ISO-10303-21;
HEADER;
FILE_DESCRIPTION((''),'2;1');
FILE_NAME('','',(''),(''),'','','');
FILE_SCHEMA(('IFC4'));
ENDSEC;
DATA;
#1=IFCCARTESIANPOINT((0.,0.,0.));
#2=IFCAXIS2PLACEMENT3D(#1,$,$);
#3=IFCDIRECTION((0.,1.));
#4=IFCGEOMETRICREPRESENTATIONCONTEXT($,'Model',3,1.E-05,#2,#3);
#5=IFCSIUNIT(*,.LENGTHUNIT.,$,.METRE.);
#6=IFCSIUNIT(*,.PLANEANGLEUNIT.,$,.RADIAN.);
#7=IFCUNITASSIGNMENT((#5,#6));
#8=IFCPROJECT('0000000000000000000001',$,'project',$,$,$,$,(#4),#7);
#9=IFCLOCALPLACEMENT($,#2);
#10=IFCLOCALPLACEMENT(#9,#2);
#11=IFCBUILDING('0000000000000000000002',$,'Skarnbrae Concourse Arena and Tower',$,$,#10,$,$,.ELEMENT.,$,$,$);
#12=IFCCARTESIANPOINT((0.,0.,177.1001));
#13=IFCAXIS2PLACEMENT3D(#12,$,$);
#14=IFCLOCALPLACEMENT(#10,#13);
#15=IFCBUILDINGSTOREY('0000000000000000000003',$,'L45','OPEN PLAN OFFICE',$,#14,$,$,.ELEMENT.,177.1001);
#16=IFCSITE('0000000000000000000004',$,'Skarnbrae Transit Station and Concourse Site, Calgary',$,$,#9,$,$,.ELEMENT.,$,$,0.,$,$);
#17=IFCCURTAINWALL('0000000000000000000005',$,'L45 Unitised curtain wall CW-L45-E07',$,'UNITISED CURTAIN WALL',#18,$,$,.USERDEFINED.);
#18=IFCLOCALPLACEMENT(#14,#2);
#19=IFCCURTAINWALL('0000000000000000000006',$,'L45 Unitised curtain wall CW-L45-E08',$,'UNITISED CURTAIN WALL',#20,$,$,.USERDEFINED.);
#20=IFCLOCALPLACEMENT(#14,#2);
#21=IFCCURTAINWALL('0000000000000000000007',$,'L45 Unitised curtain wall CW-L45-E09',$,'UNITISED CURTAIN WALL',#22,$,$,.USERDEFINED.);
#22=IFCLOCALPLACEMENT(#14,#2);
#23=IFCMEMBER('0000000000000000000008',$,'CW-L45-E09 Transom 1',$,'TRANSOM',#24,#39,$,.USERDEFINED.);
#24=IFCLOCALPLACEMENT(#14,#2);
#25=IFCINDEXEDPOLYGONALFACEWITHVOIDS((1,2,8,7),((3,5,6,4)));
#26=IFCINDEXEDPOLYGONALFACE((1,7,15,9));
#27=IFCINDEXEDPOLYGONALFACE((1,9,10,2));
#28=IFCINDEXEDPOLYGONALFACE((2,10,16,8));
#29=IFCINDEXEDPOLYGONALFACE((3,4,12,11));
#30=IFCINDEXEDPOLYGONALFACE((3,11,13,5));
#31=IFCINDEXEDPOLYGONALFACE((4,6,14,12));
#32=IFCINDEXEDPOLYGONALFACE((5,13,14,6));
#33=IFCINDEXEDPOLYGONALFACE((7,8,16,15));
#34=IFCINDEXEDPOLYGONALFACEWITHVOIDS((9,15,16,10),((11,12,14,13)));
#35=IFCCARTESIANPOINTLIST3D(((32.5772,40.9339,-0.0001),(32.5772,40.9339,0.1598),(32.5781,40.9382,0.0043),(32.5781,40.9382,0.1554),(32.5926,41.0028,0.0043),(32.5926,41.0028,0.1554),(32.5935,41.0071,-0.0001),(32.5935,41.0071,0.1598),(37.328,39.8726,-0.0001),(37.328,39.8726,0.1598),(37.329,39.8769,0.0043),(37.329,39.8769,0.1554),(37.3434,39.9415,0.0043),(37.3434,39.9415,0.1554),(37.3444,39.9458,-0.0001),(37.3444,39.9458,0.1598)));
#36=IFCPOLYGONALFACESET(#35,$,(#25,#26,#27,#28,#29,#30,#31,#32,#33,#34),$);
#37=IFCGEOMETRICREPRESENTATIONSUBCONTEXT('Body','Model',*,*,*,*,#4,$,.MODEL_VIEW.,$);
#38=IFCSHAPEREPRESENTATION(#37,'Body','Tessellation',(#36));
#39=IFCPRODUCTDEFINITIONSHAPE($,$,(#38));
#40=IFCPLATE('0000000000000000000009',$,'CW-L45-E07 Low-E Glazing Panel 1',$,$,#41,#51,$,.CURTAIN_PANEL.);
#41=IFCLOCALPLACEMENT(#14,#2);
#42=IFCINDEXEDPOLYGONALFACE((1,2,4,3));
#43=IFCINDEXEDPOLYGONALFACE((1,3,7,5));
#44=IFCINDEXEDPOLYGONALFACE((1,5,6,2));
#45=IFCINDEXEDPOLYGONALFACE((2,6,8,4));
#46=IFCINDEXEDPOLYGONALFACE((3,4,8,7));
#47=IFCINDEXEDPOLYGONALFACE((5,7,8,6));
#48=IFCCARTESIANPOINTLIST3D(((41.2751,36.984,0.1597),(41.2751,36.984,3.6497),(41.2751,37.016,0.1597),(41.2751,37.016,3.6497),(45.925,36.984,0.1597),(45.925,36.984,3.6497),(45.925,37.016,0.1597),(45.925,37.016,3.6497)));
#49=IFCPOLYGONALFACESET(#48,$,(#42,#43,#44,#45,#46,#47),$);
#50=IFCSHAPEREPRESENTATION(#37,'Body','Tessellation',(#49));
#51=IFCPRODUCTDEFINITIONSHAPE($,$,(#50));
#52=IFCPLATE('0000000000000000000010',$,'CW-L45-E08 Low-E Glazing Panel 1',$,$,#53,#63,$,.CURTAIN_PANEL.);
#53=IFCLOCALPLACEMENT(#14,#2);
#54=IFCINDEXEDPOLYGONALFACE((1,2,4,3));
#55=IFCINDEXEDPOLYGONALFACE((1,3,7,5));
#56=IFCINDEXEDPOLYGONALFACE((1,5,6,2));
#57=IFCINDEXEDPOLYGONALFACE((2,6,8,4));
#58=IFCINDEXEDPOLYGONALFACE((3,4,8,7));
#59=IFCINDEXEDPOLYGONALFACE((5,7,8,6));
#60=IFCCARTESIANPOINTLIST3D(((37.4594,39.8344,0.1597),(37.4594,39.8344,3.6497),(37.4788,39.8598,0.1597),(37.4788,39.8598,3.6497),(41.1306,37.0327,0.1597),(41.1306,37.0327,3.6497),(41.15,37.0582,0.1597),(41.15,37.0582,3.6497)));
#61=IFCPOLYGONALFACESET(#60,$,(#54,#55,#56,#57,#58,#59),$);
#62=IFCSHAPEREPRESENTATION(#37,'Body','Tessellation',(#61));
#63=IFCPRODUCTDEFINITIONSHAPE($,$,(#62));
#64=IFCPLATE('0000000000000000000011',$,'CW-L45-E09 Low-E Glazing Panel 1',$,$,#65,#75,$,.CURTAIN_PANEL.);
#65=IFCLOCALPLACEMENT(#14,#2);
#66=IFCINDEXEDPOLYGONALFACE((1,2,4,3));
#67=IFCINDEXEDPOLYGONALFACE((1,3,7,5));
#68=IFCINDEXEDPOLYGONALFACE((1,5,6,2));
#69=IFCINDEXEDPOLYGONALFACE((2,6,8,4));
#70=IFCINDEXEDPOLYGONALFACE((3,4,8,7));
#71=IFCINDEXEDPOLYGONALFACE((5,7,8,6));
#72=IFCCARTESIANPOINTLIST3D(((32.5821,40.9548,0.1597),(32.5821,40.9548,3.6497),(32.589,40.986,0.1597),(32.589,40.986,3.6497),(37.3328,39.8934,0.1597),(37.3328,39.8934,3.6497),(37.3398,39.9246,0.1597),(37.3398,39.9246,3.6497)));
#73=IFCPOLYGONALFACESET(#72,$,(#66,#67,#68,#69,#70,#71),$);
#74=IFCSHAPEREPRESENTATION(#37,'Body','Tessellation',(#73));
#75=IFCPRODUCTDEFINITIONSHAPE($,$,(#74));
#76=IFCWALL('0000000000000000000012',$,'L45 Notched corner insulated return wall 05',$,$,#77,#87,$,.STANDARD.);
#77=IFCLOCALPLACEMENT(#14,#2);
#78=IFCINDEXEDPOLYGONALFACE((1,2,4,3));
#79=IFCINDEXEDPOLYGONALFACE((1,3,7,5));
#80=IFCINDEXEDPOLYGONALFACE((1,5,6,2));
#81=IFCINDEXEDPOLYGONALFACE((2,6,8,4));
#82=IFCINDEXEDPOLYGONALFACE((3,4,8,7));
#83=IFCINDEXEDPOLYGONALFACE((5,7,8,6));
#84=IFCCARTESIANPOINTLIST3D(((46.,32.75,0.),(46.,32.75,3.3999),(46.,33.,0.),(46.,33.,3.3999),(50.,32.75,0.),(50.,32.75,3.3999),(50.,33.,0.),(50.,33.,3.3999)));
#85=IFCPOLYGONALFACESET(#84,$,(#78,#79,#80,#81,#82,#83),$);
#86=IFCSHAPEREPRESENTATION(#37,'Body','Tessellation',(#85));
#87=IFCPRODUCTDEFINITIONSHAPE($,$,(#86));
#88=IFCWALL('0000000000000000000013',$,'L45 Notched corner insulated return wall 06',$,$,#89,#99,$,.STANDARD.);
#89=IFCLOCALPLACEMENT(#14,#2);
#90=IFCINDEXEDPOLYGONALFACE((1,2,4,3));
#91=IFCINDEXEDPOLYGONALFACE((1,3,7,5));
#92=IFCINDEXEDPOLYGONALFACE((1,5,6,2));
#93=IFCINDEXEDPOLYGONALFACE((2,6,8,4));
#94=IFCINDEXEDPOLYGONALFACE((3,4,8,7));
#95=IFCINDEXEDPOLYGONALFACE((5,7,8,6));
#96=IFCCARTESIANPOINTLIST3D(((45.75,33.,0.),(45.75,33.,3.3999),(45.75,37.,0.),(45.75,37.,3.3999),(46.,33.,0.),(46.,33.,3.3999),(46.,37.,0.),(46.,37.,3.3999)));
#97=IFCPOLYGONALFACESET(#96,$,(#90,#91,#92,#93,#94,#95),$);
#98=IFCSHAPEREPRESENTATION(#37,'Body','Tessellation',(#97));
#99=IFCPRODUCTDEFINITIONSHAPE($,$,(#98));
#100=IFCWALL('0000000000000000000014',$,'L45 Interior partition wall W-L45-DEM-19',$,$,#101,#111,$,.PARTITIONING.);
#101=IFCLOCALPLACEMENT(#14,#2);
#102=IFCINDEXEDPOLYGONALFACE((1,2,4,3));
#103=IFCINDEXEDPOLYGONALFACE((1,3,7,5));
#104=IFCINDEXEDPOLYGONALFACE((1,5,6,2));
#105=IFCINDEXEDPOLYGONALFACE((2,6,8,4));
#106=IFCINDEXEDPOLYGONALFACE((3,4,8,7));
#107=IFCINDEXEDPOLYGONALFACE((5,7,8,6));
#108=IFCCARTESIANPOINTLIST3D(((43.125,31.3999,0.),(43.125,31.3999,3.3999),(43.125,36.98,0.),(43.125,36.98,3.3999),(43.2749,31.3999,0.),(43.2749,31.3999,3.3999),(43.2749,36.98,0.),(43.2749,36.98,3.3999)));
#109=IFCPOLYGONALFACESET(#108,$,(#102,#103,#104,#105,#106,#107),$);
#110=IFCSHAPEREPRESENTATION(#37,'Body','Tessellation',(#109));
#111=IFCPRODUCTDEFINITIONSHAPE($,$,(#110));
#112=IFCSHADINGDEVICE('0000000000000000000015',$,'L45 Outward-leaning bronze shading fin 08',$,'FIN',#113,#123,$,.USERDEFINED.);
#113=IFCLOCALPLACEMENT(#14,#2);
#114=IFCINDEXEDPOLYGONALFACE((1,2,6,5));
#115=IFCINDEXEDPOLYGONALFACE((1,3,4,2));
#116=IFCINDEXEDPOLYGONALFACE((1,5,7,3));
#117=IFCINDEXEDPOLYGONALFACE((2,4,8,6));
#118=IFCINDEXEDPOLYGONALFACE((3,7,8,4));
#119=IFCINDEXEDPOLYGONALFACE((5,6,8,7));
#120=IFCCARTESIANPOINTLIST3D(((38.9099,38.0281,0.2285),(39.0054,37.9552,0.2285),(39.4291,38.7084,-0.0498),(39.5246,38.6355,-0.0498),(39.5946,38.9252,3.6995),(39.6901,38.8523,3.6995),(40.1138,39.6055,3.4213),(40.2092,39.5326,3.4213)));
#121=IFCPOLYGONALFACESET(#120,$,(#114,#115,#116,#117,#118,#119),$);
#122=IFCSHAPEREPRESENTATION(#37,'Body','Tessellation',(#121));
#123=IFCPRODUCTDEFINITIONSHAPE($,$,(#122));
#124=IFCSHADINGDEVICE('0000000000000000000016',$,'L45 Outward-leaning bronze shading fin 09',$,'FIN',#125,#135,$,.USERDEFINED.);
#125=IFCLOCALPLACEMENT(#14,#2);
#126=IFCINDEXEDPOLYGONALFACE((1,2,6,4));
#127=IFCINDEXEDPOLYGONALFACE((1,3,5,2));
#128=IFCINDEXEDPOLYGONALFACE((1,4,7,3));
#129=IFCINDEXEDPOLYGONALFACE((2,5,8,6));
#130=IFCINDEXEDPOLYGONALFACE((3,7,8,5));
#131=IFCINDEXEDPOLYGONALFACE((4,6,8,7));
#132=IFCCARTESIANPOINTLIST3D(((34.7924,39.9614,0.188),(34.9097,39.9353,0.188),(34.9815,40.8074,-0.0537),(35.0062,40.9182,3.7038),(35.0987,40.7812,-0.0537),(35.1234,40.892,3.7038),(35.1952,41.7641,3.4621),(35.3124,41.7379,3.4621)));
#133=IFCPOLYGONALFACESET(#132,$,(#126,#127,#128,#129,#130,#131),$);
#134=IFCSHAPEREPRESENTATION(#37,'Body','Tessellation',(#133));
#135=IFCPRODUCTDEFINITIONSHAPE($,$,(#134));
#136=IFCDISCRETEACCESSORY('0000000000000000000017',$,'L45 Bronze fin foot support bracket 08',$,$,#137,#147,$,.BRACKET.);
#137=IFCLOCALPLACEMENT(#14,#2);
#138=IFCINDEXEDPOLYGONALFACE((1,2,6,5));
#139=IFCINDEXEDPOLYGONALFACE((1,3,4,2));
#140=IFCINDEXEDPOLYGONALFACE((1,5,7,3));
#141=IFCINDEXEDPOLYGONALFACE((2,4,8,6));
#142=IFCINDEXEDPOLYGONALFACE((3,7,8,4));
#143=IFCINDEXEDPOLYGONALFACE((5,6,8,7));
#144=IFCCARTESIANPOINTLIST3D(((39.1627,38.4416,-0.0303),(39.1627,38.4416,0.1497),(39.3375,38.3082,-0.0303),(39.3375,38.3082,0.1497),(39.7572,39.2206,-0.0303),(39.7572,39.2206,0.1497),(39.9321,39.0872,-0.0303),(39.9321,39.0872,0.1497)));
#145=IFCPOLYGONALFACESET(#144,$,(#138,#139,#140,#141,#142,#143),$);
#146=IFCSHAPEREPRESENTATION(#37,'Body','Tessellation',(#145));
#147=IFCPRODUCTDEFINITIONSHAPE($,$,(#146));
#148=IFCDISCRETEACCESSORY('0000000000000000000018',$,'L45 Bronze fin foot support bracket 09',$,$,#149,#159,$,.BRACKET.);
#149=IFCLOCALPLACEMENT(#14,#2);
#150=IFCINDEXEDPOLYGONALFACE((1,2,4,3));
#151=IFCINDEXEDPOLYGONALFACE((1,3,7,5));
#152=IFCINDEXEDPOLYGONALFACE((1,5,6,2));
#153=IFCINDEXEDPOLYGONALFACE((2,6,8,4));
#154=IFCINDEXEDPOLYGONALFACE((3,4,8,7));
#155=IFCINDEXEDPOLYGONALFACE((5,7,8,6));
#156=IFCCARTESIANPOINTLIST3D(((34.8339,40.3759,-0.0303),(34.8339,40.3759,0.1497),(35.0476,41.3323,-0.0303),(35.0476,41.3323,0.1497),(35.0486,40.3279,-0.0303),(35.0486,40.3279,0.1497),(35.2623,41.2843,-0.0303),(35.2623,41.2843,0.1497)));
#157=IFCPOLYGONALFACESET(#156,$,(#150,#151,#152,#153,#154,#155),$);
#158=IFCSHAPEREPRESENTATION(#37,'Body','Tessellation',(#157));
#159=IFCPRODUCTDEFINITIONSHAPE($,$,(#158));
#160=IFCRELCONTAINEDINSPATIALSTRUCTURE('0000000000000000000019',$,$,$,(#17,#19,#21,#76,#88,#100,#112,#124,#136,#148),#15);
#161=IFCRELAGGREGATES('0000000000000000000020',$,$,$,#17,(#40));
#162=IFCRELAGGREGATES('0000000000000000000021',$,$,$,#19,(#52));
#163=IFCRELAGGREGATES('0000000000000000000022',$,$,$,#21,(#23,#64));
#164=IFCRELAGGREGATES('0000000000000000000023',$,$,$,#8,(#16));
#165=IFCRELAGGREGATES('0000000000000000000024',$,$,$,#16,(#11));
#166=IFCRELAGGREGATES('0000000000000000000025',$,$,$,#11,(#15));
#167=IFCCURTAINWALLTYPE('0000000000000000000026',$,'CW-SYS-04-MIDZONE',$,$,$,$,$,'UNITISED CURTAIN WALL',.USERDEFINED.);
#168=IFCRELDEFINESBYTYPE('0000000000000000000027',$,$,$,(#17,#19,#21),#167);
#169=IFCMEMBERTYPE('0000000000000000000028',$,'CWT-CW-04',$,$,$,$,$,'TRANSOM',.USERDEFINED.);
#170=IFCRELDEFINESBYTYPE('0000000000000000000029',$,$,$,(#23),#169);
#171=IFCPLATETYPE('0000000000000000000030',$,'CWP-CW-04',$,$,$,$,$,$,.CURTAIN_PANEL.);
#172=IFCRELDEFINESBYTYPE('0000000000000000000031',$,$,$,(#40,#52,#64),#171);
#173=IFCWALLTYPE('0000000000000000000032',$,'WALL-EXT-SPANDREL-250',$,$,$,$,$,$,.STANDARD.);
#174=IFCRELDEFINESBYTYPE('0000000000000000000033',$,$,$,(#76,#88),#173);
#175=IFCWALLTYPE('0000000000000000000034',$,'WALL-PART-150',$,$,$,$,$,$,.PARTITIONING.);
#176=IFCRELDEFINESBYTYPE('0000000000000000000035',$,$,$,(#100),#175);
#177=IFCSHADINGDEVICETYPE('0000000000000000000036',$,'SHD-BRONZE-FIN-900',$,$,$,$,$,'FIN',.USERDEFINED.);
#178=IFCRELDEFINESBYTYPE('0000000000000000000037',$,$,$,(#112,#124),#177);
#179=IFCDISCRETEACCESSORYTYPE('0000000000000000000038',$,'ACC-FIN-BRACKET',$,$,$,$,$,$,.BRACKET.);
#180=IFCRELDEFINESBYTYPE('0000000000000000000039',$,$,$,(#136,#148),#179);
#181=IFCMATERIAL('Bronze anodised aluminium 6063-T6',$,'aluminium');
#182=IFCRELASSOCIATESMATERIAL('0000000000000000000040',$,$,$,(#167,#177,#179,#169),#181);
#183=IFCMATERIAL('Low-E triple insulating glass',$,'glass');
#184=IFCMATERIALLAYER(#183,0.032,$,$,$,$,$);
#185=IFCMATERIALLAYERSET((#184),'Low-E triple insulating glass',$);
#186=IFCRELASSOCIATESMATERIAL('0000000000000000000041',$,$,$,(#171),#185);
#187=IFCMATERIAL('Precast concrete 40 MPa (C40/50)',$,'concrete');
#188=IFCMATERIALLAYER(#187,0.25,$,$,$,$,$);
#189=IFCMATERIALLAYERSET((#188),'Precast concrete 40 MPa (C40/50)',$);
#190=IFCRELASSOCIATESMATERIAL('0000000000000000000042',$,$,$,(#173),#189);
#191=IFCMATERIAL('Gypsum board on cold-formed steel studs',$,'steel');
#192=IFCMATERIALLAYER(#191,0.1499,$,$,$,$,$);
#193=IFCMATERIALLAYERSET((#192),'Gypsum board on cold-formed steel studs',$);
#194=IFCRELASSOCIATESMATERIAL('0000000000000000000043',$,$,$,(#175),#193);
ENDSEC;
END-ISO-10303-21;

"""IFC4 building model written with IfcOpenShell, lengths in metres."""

from ifc_helpers import new_model, si_unit, direction, frame, frame_2d, origin, origin_2d, place, context, subcontext, project, spatial, rectangle, hollow_rectangle, extrude, source, transform, mapped, material, layer, layer_set, material_profile, profile_set, type_object, element, aggregate, save


model = new_model("IFC4")

# Units and contexts
model_context = context("Model", 3, precision=1e-05, world=origin(), true_north=direction((0.0, 1.0)))
body_context = subcontext(model_context, "Body", "Model", "MODEL_VIEW")
ifc_project = project(units=[si_unit("LENGTHUNIT", "METRE"), si_unit("PLANEANGLEUNIT", "RADIAN")], contexts=[model_context])

# Site, building, storey
site_placement = place(None, origin())
site = spatial("IfcSite", under=ifc_project, at=site_placement, Name="Skarnbrae Transit Station and Concourse Site, Calgary", CompositionType="ELEMENT", RefElevation=0.0)
building_placement = place(site_placement, origin())
building = spatial("IfcBuilding", under=site, at=building_placement, Name="Skarnbrae Concourse Arena and Tower", CompositionType="ELEMENT")
storey_placement = place(building_placement, frame((0.0, 0.0, 177.1001)))
storey = spatial("IfcBuildingStorey", under=building, at=storey_placement, Name="L45", Description="OPEN PLAN OFFICE", CompositionType="ELEMENT", Elevation=177.1001)

# Shared definitions
ifc_material_1 = material(Name="Bronze anodised aluminium 6063-T6", Category="aluminium")
curtain_wall_type = type_object("IfcCurtainWallType", Name="CW-SYS-04-MIDZONE", ElementType="UNITISED CURTAIN WALL", PredefinedType="USERDEFINED", material=ifc_material_1)

# Curtain walls
curtain_wall_1_placement = place(storey_placement, origin())
curtain_wall_1 = element("IfcCurtainWall", 1, at=curtain_wall_1_placement, inside=storey, type_object=curtain_wall_type, Name="L45 Unitised curtain wall CW-L45-E07", ObjectType="UNITISED CURTAIN WALL", PredefinedType="USERDEFINED")
curtain_wall_2_placement = place(storey_placement, origin())
curtain_wall_2 = element("IfcCurtainWall", 2, at=curtain_wall_2_placement, inside=storey, type_object=curtain_wall_type, Name="L45 Unitised curtain wall CW-L45-E08", ObjectType="UNITISED CURTAIN WALL", PredefinedType="USERDEFINED")

# Curtain wall
curtain_wall_3_placement = place(storey_placement, origin())
curtain_wall_3 = element("IfcCurtainWall", 3, at=curtain_wall_3_placement, inside=storey, type_object=curtain_wall_type, Name="L45 Unitised curtain wall CW-L45-E09", ObjectType="UNITISED CURTAIN WALL", PredefinedType="USERDEFINED")

# Member
ifc_material_profile_1 = material_profile(ifc_material_1, hollow_rectangle(XDim=0.075, YDim=0.1599, WallThickness=0.0044, at=origin_2d()), Name="ALU-TRAN-75X160")
ifc_profile_set_1 = profile_set([ifc_material_profile_1], Name="Bronze anodised aluminium 6063-T6")
member_type_1 = type_object("IfcMemberType", Name="CWT-CW-04", ElementType="TRANSOM", PredefinedType="USERDEFINED", material=ifc_profile_set_1)
shared_shape_1 = source(origin(), body_context, "Body", "SweptSolid", [
    extrude(hollow_rectangle(XDim=0.075, YDim=0.1599, WallThickness=0.0044, at=origin_2d()), origin(), (0.0, 0.0, 1.0), 4.8679),
])
member_1_placement = place(storey_placement, frame((37.3362, 39.9092, 0.0798), z_axis=(-0.975945, 0.218019, 0.0), x_axis=(-0.218019, -0.975945, 0.0)))
member_1 = element("IfcMember", 4, at=member_1_placement, type_object=member_type_1, Name="CW-L45-E09 Transom 1", ObjectType="TRANSOM", PredefinedType="USERDEFINED", context=body_context, shape_type="MappedRepresentation", body=[
    mapped(shared_shape_1, transform((0.0, 0.0, 0.0))),
])

# Plates
ifc_material_2 = material(Name="Low-E triple insulating glass", Category="glass")
ifc_layer_1 = layer(ifc_material_2, 0.032)
ifc_layer_set_1 = layer_set([ifc_layer_1], Name="Low-E triple insulating glass")
plate_type = type_object("IfcPlateType", Name="CWP-CW-04", PredefinedType="CURTAIN_PANEL", material=ifc_layer_set_1)
shared_shape_2 = source(origin(), body_context, "Body", "SweptSolid", [
    extrude(rectangle(XDim=4.6499, YDim=0.032, at=origin_2d()), origin(), (0.0, 0.0, 1.0), 3.49),
])
plate_1_placement = place(storey_placement, frame((43.6001, 37.0, 0.1597), z_axis=(0.0, 0.0, 1.0), x_axis=(-1.0, 0.0, 0.0)))
plate_1 = element("IfcPlate", 5, at=plate_1_placement, type_object=plate_type, Name="CW-L45-E07 Low-E Glazing Panel 1", PredefinedType="CURTAIN_PANEL", context=body_context, shape_type="MappedRepresentation", body=[
    mapped(shared_shape_2, transform((0.0, 0.0, 0.0))),
])
aggregate(curtain_wall_1, [plate_1])
shared_shape_3 = source(origin(), body_context, "Body", "SweptSolid", [
    extrude(rectangle(XDim=4.6182, YDim=0.032, at=origin_2d()), origin(), (0.0, 0.0, 1.0), 3.49),
])
plate_2_placement = place(storey_placement, frame((39.3047, 38.4463, 0.1597), z_axis=(0.0, 0.0, 1.0), x_axis=(-0.794956, 0.606667, 0.0)))
plate_2 = element("IfcPlate", 6, at=plate_2_placement, type_object=plate_type, Name="CW-L45-E08 Low-E Glazing Panel 1", PredefinedType="CURTAIN_PANEL", context=body_context, shape_type="MappedRepresentation", body=[
    mapped(shared_shape_3, transform((0.0, 0.0, 0.0))),
])
aggregate(curtain_wall_2, [plate_2])
shared_shape_4 = source(origin(), body_context, "Body", "SweptSolid", [
    extrude(rectangle(XDim=4.8679, YDim=0.032, at=origin_2d()), origin(), (0.0, 0.0, 1.0), 3.49),
])
plate_3_placement = place(storey_placement, frame((34.9609, 40.4397, 0.1597), z_axis=(0.0, 0.0, 1.0), x_axis=(-0.975936, 0.218056, 0.0)))
plate_3 = element("IfcPlate", 7, at=plate_3_placement, type_object=plate_type, Name="CW-L45-E09 Low-E Glazing Panel 1", PredefinedType="CURTAIN_PANEL", context=body_context, shape_type="MappedRepresentation", body=[
    mapped(shared_shape_4, transform((0.0, 0.0, 0.0))),
])
aggregate(curtain_wall_3, [member_1, plate_3])

# Walls
ifc_material_3 = material(Name="Precast concrete 40 MPa (C40/50)", Category="concrete")
ifc_layer_2 = layer(ifc_material_3, 0.25)
ifc_layer_set_2 = layer_set([ifc_layer_2], Name="Precast concrete 40 MPa (C40/50)")
wall_type_1 = type_object("IfcWallType", Name="WALL-EXT-SPANDREL-250", PredefinedType="STANDARD", material=ifc_layer_set_2)
shared_shape_5 = source(origin(), body_context, "Body", "SweptSolid", [
    extrude(rectangle(XDim=4.0, YDim=0.25, at=frame_2d((2.0, 0.0))), origin(), (0.0, 0.0, 1.0), 3.3999),
])
for number, where, z_axis, x_axis, name in (
    (8, (50.0, 32.875, 0.0), (0.0, 0.0, 1.0), (-1.0, 0.0, 0.0), "L45 Notched corner insulated return wall 05"),
    (9, (45.875, 33.0, 0.0), (0.0, 0.0, 1.0), (0.0, 1.0, 0.0), "L45 Notched corner insulated return wall 06"),
):
    element("IfcWall", number, at=place(storey_placement, frame(where, z_axis=z_axis, x_axis=x_axis)), inside=storey, type_object=wall_type_1, Name=name, PredefinedType="STANDARD", context=body_context, shape_type="MappedRepresentation", body=[
        mapped(shared_shape_5, transform((0.0, 0.0, 0.0))),
    ])
ifc_material_4 = material(Name="Gypsum board on cold-formed steel studs", Category="steel")
ifc_layer_3 = layer(ifc_material_4, 0.1499)
ifc_layer_set_3 = layer_set([ifc_layer_3], Name="Gypsum board on cold-formed steel studs")
wall_type_2 = type_object("IfcWallType", Name="WALL-PART-150", PredefinedType="PARTITIONING", material=ifc_layer_set_3)
shared_shape_6 = source(origin(), body_context, "Body", "SweptSolid", [
    extrude(rectangle(XDim=5.5801, YDim=0.1499, at=frame_2d((2.79, 0.0))), origin(), (0.0, 0.0, 1.0), 3.3999),
])
wall_placement = place(storey_placement, frame((43.2, 36.98, 0.0), z_axis=(0.0, 0.0, 1.0), x_axis=(0.0, -1.0, 0.0)))
element("IfcWall", 10, at=wall_placement, inside=storey, type_object=wall_type_2, Name="L45 Interior partition wall W-L45-DEM-19", PredefinedType="PARTITIONING", context=body_context, shape_type="MappedRepresentation", body=[
    mapped(shared_shape_6, transform((0.0, 0.0, 0.0))),
])

# Shading devices
shading_device_type = type_object("IfcShadingDeviceType", Name="SHD-BRONZE-FIN-900", ElementType="FIN", PredefinedType="USERDEFINED", material=ifc_material_1)
shared_shape_7 = source(origin(), body_context, "Body", "SweptSolid", [
    extrude(rectangle(XDim=0.1201, YDim=0.8999, at=origin_2d()), origin(), (0.0, 0.0, 1.0), 3.6499),
])
for number, where, z_axis, x_axis, name in (
    (11, (39.2173, 38.3318, 0.0894), (0.187572, 0.245787, 0.951003), (0.794955, -0.606668, 0.0), "L45 Outward-leaning bronze shading fin 08"),
    (12, (34.9456, 40.3713, 0.0671), (0.058567, 0.26212, 0.963256), (0.975936, -0.218058, 0.0), "L45 Outward-leaning bronze shading fin 09"),
):
    element("IfcShadingDevice", number, at=place(storey_placement, frame(where, z_axis=z_axis, x_axis=x_axis)), inside=storey, type_object=shading_device_type, Name=name, ObjectType="FIN", PredefinedType="USERDEFINED", context=body_context, shape_type="MappedRepresentation", body=[
        mapped(shared_shape_7, transform((0.0, 0.0, 0.0))),
    ])

# Discrete accessories
discrete_accessory_type = type_object("IfcDiscreteAccessoryType", Name="ACC-FIN-BRACKET", PredefinedType="BRACKET", material=ifc_material_1)
shared_shape_8 = source(origin(), body_context, "Body", "SweptSolid", [
    extrude(rectangle(XDim=0.22, YDim=0.98, at=origin_2d()), origin(), (0.0, 0.0, 1.0), 0.1799),
])
for number, where, z_axis, x_axis, name in (
    (13, (39.5474, 38.7644, -0.0303), (0.0, 0.0, 1.0), (0.794955, -0.606668, 0.0), "L45 Bronze fin foot support bracket 08"),
    (14, (35.0481, 40.8301, -0.0303), (0.0, 0.0, 1.0), (0.975936, -0.218058, 0.0), "L45 Bronze fin foot support bracket 09"),
):
    element("IfcDiscreteAccessory", number, at=place(storey_placement, frame(where, z_axis=z_axis, x_axis=x_axis)), inside=storey, type_object=discrete_accessory_type, Name=name, PredefinedType="BRACKET", context=body_context, shape_type="MappedRepresentation", body=[
        mapped(shared_shape_8, transform((0.0, 0.0, 0.0))),
    ])

save(model, "model.ifc")
